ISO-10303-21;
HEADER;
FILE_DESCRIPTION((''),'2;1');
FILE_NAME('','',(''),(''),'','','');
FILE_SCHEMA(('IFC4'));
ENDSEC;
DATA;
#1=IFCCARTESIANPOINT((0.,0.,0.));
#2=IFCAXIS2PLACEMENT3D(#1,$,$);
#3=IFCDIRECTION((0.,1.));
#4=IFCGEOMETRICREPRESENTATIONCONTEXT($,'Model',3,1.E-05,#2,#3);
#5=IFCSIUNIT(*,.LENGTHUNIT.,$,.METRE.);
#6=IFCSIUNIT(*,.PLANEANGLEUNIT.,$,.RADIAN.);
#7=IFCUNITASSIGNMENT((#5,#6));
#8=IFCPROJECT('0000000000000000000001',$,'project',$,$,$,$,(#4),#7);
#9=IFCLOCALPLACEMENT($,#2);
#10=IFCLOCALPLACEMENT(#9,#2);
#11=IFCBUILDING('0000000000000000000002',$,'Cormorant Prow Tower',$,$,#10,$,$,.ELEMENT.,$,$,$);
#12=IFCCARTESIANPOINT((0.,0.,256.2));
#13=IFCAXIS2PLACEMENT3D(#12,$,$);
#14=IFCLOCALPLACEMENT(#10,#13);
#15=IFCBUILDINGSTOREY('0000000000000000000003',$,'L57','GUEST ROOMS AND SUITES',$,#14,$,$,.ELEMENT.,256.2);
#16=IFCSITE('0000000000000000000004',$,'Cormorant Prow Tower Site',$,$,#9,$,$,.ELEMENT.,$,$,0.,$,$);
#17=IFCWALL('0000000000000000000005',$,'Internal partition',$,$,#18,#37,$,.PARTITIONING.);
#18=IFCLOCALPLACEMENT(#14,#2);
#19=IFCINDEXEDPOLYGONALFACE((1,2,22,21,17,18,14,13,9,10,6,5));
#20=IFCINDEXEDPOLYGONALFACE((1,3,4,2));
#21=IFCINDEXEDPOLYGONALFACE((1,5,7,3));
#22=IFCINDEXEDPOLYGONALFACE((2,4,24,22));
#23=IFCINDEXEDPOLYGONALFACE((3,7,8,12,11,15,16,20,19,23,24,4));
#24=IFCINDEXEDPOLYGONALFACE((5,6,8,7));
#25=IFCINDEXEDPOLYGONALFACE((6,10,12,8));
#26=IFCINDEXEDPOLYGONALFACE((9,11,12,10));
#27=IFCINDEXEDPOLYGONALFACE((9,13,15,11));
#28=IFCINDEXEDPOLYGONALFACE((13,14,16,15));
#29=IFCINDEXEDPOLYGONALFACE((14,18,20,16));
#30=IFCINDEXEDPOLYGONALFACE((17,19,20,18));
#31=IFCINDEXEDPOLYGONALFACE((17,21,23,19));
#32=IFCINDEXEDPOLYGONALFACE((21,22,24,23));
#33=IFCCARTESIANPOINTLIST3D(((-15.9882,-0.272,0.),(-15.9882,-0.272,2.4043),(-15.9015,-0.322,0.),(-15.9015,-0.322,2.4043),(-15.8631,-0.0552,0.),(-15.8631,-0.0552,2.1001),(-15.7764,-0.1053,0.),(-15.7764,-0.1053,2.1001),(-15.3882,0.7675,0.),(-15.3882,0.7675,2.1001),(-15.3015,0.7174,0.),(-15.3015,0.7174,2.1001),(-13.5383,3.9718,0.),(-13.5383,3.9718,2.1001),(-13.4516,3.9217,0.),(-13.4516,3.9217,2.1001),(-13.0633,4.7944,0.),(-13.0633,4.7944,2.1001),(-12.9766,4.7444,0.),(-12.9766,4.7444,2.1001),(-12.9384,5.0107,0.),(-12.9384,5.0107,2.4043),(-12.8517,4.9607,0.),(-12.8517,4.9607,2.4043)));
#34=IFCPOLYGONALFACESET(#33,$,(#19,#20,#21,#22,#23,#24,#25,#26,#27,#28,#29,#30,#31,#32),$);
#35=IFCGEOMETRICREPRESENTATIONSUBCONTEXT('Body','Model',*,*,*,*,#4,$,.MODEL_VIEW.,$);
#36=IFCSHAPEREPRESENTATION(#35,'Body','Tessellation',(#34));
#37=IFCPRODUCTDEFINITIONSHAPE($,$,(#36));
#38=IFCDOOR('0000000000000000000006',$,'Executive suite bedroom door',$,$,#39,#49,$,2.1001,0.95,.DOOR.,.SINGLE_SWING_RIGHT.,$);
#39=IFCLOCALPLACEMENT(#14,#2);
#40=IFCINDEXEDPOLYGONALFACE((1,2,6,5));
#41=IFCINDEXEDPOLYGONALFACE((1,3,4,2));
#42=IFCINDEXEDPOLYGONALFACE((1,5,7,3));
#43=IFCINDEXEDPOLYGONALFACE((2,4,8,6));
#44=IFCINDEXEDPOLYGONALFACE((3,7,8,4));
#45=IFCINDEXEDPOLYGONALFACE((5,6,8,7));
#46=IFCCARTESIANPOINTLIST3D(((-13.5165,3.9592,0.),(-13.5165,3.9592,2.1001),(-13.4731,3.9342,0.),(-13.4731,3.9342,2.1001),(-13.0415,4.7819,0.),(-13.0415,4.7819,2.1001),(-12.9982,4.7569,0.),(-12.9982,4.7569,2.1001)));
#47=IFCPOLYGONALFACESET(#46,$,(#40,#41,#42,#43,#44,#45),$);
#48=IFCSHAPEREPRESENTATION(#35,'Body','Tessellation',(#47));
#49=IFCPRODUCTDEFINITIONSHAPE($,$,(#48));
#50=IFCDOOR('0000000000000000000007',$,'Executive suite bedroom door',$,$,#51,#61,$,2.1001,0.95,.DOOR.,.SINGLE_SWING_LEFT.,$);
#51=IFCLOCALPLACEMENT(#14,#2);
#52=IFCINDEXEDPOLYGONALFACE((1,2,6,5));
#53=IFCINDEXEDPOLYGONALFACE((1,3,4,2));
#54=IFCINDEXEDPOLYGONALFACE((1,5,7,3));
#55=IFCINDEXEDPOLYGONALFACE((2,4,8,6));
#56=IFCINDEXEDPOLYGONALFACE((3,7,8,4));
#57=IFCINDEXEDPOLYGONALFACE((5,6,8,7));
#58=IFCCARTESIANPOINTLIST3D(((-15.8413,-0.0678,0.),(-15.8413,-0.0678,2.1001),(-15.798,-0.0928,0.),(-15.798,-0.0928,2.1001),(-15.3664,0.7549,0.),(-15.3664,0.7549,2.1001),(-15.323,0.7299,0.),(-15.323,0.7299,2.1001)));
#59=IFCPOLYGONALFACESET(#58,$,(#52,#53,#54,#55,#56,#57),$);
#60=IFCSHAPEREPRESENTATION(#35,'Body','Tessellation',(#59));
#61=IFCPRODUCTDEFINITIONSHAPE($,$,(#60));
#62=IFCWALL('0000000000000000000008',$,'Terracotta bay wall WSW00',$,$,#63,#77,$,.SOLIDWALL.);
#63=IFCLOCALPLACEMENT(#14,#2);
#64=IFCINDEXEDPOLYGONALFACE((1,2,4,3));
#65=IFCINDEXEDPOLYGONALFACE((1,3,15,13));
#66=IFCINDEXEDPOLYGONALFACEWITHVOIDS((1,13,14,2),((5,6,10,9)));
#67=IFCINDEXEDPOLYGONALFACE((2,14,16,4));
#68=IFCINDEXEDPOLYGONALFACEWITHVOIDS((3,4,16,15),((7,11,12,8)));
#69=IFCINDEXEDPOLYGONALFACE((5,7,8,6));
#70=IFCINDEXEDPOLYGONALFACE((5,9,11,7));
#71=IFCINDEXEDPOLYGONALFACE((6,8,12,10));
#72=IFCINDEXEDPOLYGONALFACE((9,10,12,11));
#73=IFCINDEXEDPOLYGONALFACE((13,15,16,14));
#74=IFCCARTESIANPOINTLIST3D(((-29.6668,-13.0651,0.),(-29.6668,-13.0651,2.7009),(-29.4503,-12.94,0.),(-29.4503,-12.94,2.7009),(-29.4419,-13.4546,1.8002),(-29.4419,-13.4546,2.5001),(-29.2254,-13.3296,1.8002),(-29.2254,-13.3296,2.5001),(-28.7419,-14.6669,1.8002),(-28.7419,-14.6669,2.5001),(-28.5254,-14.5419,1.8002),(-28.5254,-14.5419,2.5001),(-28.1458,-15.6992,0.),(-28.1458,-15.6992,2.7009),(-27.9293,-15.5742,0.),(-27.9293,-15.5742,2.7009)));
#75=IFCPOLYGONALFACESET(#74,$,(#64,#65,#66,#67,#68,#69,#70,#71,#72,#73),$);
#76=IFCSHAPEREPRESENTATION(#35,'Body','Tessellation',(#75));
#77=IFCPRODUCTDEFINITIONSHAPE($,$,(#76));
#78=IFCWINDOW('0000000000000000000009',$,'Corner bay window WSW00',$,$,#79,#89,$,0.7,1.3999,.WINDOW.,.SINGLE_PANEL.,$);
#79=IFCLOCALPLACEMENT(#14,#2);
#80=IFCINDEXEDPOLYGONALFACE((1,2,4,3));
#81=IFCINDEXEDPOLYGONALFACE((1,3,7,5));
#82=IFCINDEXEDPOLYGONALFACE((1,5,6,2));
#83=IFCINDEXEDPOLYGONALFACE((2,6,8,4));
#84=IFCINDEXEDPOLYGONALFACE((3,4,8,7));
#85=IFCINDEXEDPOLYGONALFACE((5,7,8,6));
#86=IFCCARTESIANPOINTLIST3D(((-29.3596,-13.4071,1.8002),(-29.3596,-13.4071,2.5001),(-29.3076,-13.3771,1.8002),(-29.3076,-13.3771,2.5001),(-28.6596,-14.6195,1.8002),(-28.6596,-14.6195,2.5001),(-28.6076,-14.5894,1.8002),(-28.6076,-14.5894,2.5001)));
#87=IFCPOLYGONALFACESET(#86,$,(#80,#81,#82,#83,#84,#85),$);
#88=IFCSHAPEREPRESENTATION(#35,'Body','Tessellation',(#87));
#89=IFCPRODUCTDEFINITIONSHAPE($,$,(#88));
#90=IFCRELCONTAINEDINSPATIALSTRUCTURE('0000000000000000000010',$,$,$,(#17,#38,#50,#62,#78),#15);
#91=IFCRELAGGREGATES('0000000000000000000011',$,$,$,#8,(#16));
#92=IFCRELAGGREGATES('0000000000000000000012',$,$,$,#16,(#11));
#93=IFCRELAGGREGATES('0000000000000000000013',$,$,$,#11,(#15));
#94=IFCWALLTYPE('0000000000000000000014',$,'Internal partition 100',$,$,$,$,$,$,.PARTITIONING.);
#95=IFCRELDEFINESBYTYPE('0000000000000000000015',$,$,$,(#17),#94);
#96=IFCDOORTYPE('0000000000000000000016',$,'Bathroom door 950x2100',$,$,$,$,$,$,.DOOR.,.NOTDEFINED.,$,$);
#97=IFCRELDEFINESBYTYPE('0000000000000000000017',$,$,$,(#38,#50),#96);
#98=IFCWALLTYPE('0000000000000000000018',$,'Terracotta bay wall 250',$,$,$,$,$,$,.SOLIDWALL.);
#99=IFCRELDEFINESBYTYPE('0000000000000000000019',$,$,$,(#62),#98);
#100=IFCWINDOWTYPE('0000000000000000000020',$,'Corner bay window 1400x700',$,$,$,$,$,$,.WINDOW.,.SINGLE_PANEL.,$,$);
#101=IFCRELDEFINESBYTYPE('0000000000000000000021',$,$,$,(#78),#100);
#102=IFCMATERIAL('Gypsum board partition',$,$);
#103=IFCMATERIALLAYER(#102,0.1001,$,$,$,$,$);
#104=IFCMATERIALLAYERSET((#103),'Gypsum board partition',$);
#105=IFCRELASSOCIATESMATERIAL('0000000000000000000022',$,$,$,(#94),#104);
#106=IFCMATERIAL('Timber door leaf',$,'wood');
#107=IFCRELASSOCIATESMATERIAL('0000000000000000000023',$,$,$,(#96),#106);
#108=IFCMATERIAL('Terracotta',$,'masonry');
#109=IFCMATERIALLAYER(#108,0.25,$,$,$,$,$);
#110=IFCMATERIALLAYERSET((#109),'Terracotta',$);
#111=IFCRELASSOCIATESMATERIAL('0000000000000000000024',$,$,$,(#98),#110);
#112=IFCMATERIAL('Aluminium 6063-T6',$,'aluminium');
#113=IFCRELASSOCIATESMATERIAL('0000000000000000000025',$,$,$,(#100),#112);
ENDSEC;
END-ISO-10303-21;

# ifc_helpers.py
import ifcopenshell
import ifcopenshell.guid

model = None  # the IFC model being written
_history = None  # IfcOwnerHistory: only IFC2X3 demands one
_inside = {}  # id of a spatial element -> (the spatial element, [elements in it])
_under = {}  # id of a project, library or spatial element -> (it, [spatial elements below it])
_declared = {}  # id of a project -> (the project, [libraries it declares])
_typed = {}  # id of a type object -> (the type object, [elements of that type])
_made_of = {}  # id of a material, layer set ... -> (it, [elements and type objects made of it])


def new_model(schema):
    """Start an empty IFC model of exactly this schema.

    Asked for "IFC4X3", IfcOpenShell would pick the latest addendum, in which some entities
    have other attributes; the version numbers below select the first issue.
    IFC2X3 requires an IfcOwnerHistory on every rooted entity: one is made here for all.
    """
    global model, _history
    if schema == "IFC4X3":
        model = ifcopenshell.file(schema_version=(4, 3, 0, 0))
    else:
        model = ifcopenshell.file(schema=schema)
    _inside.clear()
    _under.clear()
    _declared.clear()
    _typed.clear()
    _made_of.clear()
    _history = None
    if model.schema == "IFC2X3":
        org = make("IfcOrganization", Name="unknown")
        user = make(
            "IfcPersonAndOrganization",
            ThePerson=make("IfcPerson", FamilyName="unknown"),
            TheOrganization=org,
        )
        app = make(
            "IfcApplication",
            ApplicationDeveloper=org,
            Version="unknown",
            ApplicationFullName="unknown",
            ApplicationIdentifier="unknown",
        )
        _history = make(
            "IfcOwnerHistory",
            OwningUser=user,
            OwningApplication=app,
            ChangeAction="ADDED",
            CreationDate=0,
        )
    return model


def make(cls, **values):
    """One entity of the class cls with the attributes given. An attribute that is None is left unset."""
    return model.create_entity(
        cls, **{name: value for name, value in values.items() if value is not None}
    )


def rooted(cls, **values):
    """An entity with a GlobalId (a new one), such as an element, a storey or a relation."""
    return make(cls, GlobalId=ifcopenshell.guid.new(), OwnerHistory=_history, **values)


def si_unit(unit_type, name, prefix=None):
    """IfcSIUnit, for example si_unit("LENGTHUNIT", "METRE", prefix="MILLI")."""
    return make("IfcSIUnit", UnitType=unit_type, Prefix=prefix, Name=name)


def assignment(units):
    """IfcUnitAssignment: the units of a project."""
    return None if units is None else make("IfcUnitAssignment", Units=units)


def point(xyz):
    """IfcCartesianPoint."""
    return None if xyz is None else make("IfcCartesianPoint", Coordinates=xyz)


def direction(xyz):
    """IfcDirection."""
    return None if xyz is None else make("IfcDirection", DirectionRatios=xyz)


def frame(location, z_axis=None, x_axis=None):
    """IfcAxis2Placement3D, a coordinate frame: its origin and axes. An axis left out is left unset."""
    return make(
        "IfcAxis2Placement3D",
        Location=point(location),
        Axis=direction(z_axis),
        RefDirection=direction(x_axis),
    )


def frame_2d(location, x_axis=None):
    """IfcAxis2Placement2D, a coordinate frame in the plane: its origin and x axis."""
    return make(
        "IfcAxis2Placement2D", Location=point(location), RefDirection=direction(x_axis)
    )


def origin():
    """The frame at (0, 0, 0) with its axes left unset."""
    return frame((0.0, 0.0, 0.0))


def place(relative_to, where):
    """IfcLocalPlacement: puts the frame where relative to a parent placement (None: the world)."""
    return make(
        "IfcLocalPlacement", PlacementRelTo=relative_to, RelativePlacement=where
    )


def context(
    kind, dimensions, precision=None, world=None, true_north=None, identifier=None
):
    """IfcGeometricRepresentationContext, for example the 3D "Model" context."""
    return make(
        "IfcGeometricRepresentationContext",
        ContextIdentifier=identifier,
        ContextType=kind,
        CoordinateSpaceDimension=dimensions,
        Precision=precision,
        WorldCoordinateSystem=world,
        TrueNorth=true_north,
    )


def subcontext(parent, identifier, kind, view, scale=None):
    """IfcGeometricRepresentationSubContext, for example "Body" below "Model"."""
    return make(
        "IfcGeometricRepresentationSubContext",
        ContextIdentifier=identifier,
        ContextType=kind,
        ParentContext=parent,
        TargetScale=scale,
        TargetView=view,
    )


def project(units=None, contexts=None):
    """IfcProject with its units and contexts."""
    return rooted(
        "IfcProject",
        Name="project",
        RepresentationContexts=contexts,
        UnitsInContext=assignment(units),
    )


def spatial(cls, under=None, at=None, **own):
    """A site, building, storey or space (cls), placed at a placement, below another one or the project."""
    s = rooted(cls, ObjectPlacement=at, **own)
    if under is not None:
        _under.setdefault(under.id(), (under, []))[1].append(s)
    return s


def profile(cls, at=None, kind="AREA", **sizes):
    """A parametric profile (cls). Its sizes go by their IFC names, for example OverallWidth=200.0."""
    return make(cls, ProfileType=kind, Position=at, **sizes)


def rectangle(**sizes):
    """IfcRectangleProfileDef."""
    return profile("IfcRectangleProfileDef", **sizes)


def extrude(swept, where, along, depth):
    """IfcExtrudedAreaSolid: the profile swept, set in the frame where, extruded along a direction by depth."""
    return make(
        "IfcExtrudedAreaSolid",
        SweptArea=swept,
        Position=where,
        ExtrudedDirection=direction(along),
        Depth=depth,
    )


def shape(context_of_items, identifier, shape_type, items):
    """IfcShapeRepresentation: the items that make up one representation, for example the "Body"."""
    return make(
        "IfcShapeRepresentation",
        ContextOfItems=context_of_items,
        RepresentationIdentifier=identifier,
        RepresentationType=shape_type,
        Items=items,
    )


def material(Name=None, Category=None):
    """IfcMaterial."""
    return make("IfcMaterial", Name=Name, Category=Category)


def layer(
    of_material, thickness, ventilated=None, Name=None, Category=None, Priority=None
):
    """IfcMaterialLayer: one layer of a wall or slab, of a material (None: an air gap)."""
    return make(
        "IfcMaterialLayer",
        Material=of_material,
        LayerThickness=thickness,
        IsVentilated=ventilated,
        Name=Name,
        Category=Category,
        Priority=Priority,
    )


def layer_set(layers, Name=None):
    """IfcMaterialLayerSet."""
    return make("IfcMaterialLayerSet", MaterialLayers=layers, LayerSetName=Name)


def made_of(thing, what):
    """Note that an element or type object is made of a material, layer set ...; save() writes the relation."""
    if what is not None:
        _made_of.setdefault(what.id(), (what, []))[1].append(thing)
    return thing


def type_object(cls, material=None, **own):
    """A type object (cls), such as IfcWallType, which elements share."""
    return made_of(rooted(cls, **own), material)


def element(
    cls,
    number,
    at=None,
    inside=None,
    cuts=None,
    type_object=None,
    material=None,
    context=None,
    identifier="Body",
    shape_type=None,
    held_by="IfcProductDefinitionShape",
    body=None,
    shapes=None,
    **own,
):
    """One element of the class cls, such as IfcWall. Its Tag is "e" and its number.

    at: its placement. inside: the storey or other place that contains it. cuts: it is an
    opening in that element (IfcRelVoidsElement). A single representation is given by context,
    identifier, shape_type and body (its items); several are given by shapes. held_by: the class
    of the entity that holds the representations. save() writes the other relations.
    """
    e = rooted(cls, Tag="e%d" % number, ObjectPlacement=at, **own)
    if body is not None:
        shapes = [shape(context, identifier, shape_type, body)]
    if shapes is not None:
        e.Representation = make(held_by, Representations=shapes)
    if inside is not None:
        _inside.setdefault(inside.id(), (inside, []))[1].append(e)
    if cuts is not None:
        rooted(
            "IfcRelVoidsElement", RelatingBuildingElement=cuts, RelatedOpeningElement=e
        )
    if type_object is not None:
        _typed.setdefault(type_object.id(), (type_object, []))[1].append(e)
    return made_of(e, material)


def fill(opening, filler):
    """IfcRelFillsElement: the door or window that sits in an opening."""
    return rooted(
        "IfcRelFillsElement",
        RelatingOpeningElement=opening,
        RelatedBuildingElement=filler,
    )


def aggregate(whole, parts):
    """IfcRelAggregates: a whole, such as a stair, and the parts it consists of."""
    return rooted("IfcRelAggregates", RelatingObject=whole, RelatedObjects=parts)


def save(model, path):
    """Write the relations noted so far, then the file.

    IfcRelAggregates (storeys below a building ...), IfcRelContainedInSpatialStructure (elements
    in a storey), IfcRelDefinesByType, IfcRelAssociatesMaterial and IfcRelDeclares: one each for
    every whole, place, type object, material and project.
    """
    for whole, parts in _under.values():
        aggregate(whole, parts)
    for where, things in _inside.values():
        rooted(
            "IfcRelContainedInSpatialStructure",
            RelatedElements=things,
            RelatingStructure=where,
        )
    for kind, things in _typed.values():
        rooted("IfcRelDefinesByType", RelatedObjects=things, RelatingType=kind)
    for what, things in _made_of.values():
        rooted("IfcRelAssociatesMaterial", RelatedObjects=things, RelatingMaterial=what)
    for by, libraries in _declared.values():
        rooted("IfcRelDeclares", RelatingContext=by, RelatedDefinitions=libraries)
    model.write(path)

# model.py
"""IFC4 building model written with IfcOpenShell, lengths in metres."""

from ifc_helpers import new_model, si_unit, direction, frame, frame_2d, origin, place, context, subcontext, project, spatial, rectangle, extrude, material, layer, layer_set, type_object, element, fill, save


model = new_model("IFC4")

# Units and contexts
model_context = context("Model", 3, precision=1e-05, world=origin(), true_north=direction((0.0, 1.0)))
body_context = subcontext(model_context, "Body", "Model", "MODEL_VIEW")
ifc_project = project(units=[si_unit("LENGTHUNIT", "METRE"), si_unit("PLANEANGLEUNIT", "RADIAN")], contexts=[model_context])

# Site, building, storey
site_placement = place(None, origin())
site = spatial("IfcSite", under=ifc_project, at=site_placement, Name="Cormorant Prow Tower Site", CompositionType="ELEMENT", RefElevation=0.0)
building_placement = place(site_placement, origin())
building = spatial("IfcBuilding", under=site, at=building_placement, Name="Cormorant Prow Tower", CompositionType="ELEMENT")
storey_placement = place(building_placement, frame((0.0, 0.0, 256.2)))
storey = spatial("IfcBuildingStorey", under=building, at=storey_placement, Name="L57", Description="GUEST ROOMS AND SUITES", CompositionType="ELEMENT", Elevation=256.2)

# Wall, openings, doors
ifc_material_1 = material(Name="Gypsum board partition")
ifc_layer_1 = layer(ifc_material_1, 0.1001)
ifc_layer_set_1 = layer_set([ifc_layer_1], Name="Gypsum board partition")
wall_type_1 = type_object("IfcWallType", Name="Internal partition 100", PredefinedType="PARTITIONING", material=ifc_layer_set_1)
wall_1_placement = place(storey_placement, frame((-15.9448, -0.2969, 0.0), z_axis=(0.0, 0.0, 1.0), x_axis=(0.499979, 0.866038, 0.0)))
wall_1 = element("IfcWall", 1, at=wall_1_placement, inside=storey, type_object=wall_type_1, Name="Internal partition", PredefinedType="PARTITIONING", context=body_context, shape_type="SweptSolid", body=[
    extrude(rectangle(XDim=6.0999, YDim=0.1001, at=frame_2d((3.0498, 0.0))), origin(), (0.0, 0.0, 1.0), 2.4043),
])
opening_1_placement = place(wall_1_placement, frame((4.8999, 0.0, 0.0)))
opening_1 = element("IfcOpeningElement", 2, at=opening_1_placement, cuts=wall_1, PredefinedType="OPENING", context=body_context, shape_type="SweptSolid", body=[
    extrude(rectangle(XDim=0.95, YDim=2.1001, at=frame_2d((0.4751, 1.05))), frame((0.0, 0.0601, 0.0), z_axis=(0.0, -1.0, 0.0), x_axis=(1.0, 0.0, 0.0)), (0.0, 0.0, 1.0), 0.1201),
])
opening_2_placement = place(wall_1_placement, frame((0.25, 0.0, 0.0)))
opening_2 = element("IfcOpeningElement", 3, at=opening_2_placement, cuts=wall_1, PredefinedType="OPENING", context=body_context, shape_type="SweptSolid", body=[
    extrude(rectangle(XDim=0.95, YDim=2.1001, at=frame_2d((0.4751, 1.05))), frame((0.0, 0.0601, 0.0), z_axis=(0.0, -1.0, 0.0), x_axis=(1.0, 0.0, 0.0)), (0.0, 0.0, 1.0), 0.1201),
])
ifc_material_2 = material(Name="Timber door leaf", Category="wood")
door_type_1 = type_object("IfcDoorType", Name="Bathroom door 950x2100", OperationType="NOTDEFINED", PredefinedType="DOOR", material=ifc_material_2)
door_1_placement = place(opening_1_placement, origin())
door_1 = element("IfcDoor", 4, at=door_1_placement, inside=storey, type_object=door_type_1, Name="Executive suite bedroom door", OperationType="SINGLE_SWING_RIGHT", OverallHeight=2.1001, OverallWidth=0.95, PredefinedType="DOOR", context=body_context, shape_type="SweptSolid", body=[
    extrude(rectangle(XDim=0.95, YDim=2.1001, at=frame_2d((0.4751, 1.05))), frame((0.0, 0.0249, 0.0), z_axis=(0.0, -1.0, 0.0), x_axis=(1.0, 0.0, 0.0)), (0.0, 0.0, 1.0), 0.05),
])
fill(opening_1, door_1)
door_2_placement = place(opening_2_placement, origin())
door_2 = element("IfcDoor", 5, at=door_2_placement, inside=storey, type_object=door_type_1, Name="Executive suite bedroom door", OperationType="SINGLE_SWING_LEFT", OverallHeight=2.1001, OverallWidth=0.95, PredefinedType="DOOR", context=body_context, shape_type="SweptSolid", body=[
    extrude(rectangle(XDim=0.95, YDim=2.1001, at=frame_2d((0.4751, 1.05))), frame((0.0, 0.0249, 0.0), z_axis=(0.0, -1.0, 0.0), x_axis=(1.0, 0.0, 0.0)), (0.0, 0.0, 1.0), 0.05),
])
fill(opening_2, door_2)

# Wall, opening, window
ifc_material_3 = material(Name="Terracotta", Category="masonry")
ifc_layer_2 = layer(ifc_material_3, 0.25)
ifc_layer_set_2 = layer_set([ifc_layer_2], Name="Terracotta")
wall_type_2 = type_object("IfcWallType", Name="Terracotta bay wall 250", PredefinedType="SOLIDWALL", material=ifc_layer_set_2)
wall_2_placement = place(storey_placement, frame((-29.5586, -13.0024, 0.0), z_axis=(0.0, 0.0, 1.0), x_axis=(0.500024, -0.866012, 0.0)))
wall_2 = element("IfcWall", 6, at=wall_2_placement, inside=storey, type_object=wall_type_2, Name="Terracotta bay wall WSW00", PredefinedType="SOLIDWALL", context=body_context, shape_type="SweptSolid", body=[
    extrude(rectangle(XDim=3.0417, YDim=0.25, at=frame_2d((1.521, 0.0))), origin(), (0.0, 0.0, 1.0), 2.7009),
])
opening_3_placement = place(wall_2_placement, frame((0.45, 0.0, 1.8)))
opening_3 = element("IfcOpeningElement", 7, at=opening_3_placement, cuts=wall_2, PredefinedType="OPENING", context=body_context, shape_type="SweptSolid", body=[
    extrude(rectangle(XDim=1.3999, YDim=0.7, at=frame_2d((0.7, 0.3501))), frame((0.0, 0.135, 0.0), z_axis=(0.0, -1.0, 0.0), x_axis=(1.0, 0.0, 0.0)), (0.0, 0.0, 1.0), 0.27),
])
ifc_material_4 = material(Name="Aluminium 6063-T6", Category="aluminium")
window_type = type_object("IfcWindowType", Name="Corner bay window 1400x700", PartitioningType="SINGLE_PANEL", PredefinedType="WINDOW", material=ifc_material_4)
window_placement = place(opening_3_placement, origin())
window = element("IfcWindow", 8, at=window_placement, inside=storey, type_object=window_type, Name="Corner bay window WSW00", OverallHeight=0.7, OverallWidth=1.3999, PartitioningType="SINGLE_PANEL", PredefinedType="WINDOW", context=body_context, shape_type="SweptSolid", body=[
    extrude(rectangle(XDim=1.3999, YDim=0.7, at=frame_2d((0.7, 0.3501))), frame((0.0, 0.03, 0.0), z_axis=(0.0, -1.0, 0.0), x_axis=(1.0, 0.0, 0.0)), (0.0, 0.0, 1.0), 0.0601),
])
fill(opening_3, window)

save(model, "model.ifc")
